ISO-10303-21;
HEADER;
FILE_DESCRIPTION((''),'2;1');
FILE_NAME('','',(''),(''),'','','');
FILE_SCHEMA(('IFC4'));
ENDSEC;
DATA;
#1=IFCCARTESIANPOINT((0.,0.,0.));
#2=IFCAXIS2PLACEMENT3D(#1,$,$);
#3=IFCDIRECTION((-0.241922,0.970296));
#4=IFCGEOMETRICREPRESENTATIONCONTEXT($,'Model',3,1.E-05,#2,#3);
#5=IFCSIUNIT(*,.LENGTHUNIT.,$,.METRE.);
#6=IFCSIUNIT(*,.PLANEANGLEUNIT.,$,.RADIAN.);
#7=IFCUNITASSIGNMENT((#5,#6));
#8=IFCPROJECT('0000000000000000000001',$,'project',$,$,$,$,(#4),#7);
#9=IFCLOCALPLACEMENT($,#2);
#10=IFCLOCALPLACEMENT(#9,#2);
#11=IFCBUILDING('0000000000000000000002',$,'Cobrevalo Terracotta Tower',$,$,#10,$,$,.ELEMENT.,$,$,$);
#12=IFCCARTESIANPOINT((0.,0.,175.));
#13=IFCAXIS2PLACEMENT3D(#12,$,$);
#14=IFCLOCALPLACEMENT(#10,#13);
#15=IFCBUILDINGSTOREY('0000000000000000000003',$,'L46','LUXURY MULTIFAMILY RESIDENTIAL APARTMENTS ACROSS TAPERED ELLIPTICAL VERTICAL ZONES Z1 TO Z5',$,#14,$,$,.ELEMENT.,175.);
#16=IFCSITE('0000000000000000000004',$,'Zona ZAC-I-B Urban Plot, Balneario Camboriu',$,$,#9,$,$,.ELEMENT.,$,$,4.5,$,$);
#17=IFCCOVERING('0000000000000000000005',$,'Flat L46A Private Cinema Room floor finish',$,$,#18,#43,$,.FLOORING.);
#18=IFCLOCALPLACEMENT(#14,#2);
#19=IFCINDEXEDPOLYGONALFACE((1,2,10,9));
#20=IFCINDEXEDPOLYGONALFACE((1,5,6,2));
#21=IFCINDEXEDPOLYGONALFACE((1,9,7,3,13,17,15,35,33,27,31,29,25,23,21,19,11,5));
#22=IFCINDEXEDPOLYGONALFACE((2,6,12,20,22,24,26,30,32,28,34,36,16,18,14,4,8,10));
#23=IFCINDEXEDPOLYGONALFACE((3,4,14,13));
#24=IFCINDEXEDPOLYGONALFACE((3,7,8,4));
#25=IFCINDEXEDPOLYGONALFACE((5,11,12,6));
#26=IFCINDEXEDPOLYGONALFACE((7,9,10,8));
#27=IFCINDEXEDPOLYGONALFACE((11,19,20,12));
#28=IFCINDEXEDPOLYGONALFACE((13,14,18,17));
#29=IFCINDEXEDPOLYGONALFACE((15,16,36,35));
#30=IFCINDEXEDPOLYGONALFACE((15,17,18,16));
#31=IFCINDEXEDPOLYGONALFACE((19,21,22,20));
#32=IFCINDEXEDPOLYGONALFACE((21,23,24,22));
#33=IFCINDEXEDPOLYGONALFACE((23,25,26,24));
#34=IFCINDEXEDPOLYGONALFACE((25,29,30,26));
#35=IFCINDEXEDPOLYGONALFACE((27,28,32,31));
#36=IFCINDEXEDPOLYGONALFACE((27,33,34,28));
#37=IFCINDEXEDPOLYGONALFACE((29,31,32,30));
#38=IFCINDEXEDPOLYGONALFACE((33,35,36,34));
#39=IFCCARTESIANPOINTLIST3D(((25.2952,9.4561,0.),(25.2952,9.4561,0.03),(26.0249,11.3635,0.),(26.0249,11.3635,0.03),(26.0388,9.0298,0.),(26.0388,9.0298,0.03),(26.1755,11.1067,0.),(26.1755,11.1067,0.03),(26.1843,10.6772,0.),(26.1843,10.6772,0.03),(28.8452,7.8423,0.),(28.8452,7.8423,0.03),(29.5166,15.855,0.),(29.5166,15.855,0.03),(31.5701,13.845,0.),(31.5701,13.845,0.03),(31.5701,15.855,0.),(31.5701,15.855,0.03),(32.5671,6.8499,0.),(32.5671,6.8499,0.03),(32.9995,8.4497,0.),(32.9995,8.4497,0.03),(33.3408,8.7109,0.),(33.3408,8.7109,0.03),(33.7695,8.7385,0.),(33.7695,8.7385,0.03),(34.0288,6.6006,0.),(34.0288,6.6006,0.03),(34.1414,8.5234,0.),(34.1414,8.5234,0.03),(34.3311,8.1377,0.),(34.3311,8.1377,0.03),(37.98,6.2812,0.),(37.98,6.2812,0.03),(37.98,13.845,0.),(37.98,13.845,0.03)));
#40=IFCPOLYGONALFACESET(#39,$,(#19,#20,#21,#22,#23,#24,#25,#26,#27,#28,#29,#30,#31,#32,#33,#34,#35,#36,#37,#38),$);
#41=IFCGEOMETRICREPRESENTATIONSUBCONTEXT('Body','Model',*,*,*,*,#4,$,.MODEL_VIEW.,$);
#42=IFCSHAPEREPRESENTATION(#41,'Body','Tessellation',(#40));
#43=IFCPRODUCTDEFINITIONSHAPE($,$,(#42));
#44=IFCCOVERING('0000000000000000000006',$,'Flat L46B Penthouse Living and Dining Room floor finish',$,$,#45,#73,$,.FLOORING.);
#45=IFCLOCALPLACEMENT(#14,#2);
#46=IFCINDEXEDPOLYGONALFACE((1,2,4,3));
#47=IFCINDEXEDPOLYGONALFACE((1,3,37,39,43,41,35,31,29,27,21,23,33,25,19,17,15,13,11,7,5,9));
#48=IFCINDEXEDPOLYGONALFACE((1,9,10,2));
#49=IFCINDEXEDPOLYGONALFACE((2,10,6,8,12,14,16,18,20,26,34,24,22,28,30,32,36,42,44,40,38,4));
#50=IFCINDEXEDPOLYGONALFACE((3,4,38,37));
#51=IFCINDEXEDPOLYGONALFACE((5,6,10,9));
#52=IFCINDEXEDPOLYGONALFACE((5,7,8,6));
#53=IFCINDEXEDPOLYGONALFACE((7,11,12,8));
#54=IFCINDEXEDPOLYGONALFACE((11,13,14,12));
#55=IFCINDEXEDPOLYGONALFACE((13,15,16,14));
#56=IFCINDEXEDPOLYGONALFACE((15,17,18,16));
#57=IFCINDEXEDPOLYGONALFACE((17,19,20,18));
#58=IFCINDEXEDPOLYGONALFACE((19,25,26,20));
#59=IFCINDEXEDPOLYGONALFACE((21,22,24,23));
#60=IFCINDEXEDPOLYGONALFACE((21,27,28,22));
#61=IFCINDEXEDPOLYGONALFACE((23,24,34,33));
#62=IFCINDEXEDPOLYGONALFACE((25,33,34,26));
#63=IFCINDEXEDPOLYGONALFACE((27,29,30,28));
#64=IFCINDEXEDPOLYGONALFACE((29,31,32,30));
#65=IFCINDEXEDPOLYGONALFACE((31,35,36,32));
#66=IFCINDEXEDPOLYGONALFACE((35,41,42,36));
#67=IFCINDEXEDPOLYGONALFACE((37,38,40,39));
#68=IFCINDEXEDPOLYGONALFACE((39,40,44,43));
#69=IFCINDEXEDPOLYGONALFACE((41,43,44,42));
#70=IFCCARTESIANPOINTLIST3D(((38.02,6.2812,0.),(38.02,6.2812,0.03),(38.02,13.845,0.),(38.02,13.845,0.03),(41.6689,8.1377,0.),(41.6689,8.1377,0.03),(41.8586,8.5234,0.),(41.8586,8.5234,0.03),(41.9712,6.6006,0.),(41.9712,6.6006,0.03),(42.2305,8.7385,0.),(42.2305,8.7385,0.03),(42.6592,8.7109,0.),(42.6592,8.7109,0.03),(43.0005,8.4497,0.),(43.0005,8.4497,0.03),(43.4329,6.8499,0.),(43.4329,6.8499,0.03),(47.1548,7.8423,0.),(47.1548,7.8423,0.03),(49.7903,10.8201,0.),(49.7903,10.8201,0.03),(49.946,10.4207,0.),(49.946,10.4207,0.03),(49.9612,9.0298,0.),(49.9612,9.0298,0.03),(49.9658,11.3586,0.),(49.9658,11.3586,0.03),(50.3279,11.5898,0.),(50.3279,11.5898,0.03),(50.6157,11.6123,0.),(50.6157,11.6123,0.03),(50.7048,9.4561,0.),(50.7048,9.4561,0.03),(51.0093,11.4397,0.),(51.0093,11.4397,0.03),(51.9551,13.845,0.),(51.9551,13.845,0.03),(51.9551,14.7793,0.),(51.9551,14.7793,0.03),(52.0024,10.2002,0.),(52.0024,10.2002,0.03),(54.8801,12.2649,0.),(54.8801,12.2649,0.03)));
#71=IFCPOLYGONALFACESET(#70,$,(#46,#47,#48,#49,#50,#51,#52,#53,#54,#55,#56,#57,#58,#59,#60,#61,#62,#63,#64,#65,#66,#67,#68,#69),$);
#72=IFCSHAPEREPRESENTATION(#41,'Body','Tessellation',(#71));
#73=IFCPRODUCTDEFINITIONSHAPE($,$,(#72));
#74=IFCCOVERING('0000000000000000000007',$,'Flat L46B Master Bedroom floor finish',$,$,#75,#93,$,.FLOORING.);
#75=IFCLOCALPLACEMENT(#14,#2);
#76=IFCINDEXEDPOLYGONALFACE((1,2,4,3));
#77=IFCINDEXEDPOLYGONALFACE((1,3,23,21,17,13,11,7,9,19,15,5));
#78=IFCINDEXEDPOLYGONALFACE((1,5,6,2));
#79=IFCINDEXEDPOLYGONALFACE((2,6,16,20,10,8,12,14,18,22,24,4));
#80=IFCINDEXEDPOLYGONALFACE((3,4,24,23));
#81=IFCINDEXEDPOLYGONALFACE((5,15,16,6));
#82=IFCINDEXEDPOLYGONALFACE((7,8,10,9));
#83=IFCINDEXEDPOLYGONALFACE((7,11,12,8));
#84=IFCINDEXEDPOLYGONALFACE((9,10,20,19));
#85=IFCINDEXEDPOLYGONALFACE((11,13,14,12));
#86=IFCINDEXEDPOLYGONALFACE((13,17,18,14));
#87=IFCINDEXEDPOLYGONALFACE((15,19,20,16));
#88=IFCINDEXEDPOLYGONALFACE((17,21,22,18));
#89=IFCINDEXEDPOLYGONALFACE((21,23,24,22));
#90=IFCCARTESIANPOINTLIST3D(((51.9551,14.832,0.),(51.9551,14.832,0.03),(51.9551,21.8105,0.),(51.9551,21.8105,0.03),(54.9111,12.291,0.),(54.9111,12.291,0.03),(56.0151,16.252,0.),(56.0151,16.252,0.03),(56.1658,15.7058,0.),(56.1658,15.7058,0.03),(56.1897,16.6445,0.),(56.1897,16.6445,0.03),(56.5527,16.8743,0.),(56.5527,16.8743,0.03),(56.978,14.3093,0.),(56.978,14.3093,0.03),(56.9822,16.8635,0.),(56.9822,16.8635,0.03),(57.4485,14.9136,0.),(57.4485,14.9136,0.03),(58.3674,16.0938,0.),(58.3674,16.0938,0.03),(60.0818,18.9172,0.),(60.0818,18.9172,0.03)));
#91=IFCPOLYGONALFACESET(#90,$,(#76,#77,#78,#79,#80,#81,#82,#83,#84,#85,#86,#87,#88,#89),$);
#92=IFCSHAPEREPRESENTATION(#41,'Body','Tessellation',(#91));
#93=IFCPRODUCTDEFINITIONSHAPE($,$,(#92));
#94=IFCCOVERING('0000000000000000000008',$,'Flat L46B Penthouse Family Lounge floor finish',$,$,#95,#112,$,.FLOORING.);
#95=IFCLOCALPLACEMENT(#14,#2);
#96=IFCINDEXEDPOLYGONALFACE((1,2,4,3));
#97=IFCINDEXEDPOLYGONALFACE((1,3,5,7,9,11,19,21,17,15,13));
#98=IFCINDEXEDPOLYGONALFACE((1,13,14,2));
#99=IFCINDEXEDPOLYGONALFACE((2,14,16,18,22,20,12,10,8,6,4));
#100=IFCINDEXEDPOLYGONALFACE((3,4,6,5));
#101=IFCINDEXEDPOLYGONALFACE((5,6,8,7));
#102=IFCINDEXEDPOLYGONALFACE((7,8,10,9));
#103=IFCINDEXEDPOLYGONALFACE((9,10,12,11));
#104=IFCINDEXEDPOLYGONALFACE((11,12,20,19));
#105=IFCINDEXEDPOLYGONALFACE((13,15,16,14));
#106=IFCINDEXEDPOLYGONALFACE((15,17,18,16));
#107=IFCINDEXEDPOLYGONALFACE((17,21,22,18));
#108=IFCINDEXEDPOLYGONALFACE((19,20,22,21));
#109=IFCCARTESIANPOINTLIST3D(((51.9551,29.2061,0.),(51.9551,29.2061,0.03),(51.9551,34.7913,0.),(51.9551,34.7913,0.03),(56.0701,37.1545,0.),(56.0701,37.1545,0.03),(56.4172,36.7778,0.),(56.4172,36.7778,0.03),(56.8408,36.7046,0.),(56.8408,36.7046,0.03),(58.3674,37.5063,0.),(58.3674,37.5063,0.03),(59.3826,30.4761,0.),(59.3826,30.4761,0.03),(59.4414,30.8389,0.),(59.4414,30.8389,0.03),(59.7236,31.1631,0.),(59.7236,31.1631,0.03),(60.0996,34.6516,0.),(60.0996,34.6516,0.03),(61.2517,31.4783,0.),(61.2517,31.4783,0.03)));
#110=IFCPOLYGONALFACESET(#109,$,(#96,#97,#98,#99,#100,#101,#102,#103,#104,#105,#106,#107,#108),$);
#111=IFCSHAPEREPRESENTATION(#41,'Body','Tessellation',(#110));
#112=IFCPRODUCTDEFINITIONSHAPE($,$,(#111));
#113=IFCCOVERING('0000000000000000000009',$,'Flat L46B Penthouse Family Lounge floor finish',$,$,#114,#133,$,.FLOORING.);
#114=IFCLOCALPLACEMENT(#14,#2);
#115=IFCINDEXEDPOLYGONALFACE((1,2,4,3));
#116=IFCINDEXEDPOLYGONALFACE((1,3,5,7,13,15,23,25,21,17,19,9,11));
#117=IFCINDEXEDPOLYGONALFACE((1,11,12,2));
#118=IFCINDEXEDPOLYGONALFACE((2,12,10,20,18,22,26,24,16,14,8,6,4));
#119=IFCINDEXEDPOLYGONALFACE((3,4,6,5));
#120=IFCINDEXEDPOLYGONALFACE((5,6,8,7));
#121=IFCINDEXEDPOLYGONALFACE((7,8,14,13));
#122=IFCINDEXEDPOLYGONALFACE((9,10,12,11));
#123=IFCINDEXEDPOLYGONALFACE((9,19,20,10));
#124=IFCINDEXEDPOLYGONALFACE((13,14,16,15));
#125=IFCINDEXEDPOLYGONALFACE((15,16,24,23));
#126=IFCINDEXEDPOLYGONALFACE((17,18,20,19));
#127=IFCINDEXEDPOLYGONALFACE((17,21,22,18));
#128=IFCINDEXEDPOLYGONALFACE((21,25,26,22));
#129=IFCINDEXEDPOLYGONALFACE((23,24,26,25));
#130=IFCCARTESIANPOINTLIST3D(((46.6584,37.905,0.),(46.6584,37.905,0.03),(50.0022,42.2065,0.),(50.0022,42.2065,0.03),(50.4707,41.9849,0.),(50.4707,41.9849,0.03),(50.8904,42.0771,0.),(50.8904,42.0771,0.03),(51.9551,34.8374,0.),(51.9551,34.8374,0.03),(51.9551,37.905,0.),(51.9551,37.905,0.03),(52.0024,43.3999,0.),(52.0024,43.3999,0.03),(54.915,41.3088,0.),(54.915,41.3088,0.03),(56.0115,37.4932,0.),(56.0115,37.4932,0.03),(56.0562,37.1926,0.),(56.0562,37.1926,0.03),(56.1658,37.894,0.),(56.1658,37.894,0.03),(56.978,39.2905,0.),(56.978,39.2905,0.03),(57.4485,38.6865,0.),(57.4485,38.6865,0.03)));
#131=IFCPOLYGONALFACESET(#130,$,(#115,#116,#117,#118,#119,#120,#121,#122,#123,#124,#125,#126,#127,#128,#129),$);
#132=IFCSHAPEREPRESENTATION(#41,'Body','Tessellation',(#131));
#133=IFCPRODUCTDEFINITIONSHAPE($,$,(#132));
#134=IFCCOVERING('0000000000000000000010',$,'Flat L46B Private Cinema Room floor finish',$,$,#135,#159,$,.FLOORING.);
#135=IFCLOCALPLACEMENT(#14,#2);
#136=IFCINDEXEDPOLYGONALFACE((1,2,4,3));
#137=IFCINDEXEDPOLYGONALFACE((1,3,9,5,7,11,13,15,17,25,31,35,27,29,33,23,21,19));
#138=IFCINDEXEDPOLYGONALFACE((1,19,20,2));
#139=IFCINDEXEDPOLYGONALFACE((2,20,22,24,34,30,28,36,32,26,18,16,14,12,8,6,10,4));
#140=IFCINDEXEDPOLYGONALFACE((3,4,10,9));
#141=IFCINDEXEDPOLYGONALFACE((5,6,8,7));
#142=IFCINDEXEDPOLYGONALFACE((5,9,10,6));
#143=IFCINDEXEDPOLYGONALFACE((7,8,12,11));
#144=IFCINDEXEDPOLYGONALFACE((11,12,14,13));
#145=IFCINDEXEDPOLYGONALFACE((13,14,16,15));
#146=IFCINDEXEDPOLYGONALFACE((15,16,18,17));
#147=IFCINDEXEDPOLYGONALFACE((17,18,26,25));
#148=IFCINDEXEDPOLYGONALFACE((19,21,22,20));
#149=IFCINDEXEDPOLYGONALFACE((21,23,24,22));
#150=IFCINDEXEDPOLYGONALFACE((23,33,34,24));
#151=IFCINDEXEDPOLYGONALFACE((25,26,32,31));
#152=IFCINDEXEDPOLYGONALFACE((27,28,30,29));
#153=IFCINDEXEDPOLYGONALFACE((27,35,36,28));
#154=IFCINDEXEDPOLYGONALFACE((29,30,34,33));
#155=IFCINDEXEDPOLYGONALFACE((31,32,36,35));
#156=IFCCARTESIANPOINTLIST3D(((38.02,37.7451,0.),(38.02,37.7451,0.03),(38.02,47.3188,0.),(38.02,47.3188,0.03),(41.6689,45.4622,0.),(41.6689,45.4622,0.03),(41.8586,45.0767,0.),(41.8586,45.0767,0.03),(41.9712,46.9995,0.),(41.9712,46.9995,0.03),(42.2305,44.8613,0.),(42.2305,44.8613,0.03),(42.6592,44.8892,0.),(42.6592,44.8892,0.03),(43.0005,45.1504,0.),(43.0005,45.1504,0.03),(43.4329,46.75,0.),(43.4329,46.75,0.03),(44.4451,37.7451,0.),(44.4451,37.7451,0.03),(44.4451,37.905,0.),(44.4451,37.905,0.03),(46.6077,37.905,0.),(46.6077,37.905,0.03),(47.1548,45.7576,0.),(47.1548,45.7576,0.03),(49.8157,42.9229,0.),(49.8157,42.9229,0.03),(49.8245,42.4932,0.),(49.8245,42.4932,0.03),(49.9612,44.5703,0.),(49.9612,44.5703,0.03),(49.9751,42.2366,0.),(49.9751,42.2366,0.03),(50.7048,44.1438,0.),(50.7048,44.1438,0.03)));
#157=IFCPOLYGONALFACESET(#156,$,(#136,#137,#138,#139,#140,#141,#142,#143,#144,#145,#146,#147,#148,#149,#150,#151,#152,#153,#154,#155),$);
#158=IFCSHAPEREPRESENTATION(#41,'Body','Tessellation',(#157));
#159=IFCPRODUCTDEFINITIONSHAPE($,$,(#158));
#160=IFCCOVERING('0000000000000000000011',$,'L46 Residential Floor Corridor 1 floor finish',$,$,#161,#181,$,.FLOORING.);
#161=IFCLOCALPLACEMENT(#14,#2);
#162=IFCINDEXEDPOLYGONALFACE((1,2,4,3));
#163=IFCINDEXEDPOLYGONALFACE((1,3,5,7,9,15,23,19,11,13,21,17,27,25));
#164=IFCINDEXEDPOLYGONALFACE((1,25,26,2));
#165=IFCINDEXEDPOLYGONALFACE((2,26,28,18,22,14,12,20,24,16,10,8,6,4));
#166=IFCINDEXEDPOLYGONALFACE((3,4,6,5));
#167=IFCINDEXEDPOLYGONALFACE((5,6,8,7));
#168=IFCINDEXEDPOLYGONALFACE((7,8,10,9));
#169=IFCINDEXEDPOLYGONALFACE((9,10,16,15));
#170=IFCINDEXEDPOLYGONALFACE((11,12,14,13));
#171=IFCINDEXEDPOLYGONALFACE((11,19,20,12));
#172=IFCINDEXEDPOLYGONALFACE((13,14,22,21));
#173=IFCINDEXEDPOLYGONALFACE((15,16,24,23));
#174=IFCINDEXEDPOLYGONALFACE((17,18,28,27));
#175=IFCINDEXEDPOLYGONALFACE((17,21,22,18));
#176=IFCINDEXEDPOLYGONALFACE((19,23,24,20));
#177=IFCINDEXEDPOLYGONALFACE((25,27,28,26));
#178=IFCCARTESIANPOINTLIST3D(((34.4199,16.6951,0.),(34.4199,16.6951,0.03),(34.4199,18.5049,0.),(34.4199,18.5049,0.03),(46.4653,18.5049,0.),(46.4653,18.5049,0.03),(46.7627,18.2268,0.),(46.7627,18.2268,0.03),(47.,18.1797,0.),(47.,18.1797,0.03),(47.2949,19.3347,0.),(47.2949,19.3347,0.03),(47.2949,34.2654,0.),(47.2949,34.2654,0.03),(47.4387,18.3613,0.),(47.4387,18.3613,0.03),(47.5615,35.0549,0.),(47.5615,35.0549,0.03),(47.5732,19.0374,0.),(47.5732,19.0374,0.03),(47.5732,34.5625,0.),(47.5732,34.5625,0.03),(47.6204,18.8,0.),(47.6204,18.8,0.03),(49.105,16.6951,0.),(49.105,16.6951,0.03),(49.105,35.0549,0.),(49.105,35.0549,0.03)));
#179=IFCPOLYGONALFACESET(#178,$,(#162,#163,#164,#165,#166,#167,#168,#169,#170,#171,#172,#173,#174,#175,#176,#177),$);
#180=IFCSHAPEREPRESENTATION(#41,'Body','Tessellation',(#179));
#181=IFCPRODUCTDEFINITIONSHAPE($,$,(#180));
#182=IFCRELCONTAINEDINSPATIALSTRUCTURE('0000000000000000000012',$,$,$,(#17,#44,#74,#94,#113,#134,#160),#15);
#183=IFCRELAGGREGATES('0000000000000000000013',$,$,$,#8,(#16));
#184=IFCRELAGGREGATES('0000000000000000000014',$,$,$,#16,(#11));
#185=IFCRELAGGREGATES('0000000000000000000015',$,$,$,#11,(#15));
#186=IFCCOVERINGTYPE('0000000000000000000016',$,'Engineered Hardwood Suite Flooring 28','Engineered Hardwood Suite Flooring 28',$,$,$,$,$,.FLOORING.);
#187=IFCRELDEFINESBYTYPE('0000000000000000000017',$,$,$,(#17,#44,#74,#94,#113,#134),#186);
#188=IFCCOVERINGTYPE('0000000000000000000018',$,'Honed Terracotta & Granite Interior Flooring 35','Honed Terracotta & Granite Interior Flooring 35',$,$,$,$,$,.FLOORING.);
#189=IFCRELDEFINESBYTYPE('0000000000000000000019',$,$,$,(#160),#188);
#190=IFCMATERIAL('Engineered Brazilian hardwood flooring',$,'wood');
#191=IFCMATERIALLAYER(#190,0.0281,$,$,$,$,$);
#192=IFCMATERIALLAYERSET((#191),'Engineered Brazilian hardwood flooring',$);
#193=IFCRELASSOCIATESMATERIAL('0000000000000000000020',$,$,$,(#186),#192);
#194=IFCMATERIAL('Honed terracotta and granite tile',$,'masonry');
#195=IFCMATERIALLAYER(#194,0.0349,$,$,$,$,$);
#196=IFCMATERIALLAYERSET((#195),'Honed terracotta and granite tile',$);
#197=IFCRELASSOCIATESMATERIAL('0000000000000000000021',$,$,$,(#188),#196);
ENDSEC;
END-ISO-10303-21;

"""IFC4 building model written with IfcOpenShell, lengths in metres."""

from ifc_helpers import new_model, si_unit, direction, frame, origin, place, context, subcontext, project, spatial, polyline, outline, extrude, material, layer, layer_set, type_object, element, save


model = new_model("IFC4")

# Units and contexts
model_context = context("Model", 3, precision=1e-05, world=origin(), true_north=direction((-0.241922, 0.970296)))
body_context = subcontext(model_context, "Body", "Model", "MODEL_VIEW")
ifc_project = project(units=[si_unit("LENGTHUNIT", "METRE"), si_unit("PLANEANGLEUNIT", "RADIAN")], contexts=[model_context])

# Site, building, storey
site_placement = place(None, origin())
site = spatial("IfcSite", under=ifc_project, at=site_placement, Name="Zona ZAC-I-B Urban Plot, Balneario Camboriu", CompositionType="ELEMENT", RefElevation=4.5)
building_placement = place(site_placement, origin())
building = spatial("IfcBuilding", under=site, at=building_placement, Name="Cobrevalo Terracotta Tower", CompositionType="ELEMENT")
storey_placement = place(building_placement, frame((0.0, 0.0, 175.0)))
storey = spatial("IfcBuildingStorey", under=building, at=storey_placement, Name="L46", Description="LUXURY MULTIFAMILY RESIDENTIAL APARTMENTS ACROSS TAPERED ELLIPTICAL VERTICAL ZONES Z1 TO Z5", CompositionType="ELEMENT", Elevation=175.0)

# Coverings
ifc_material_1 = material(Name="Engineered Brazilian hardwood flooring", Category="wood")
ifc_layer_1 = layer(ifc_material_1, 0.0281)
ifc_layer_set_1 = layer_set([ifc_layer_1], Name="Engineered Brazilian hardwood flooring")
covering_type_1 = type_object("IfcCoveringType", Name="Engineered Hardwood Suite Flooring 28", Description="Engineered Hardwood Suite Flooring 28", PredefinedType="FLOORING", material=ifc_layer_set_1)
covering_1_placement = place(storey_placement, origin())
element("IfcCovering", 1, at=covering_1_placement, inside=storey, type_object=covering_type_1, Name="Flat L46A Private Cinema Room floor finish", PredefinedType="FLOORING", context=body_context, shape_type="SweptSolid", body=[
    extrude(outline(polyline([(26.0388, 9.0298), (25.2952, 9.4561), (26.1843, 10.6772), (26.1755, 11.1067), (26.0249, 11.3635), (29.5166, 15.855), (31.5701, 15.855), (31.5701, 13.845), (37.98, 13.845), (37.98, 6.2812), (34.0288, 6.6006), (34.3311, 8.1377), (34.1414, 8.5234), (33.7695, 8.7385), (33.3408, 8.7109), (32.9995, 8.4497), (32.5671, 6.8499), (28.8452, 7.8423), (26.0388, 9.0298)])), origin(), (0.0, 0.0, 1.0), 0.03),
])
covering_2_placement = place(storey_placement, origin())
element("IfcCovering", 2, at=covering_2_placement, inside=storey, type_object=covering_type_1, Name="Flat L46B Penthouse Living and Dining Room floor finish", PredefinedType="FLOORING", context=body_context, shape_type="SweptSolid", body=[
    extrude(outline(polyline([(52.0024, 10.2002), (51.0093, 11.4397), (50.6157, 11.6123), (50.3279, 11.5898), (49.9658, 11.3586), (49.7903, 10.8201), (49.946, 10.4207), (50.7048, 9.4561), (49.9612, 9.0298), (47.1548, 7.8423), (43.4329, 6.8499), (43.0005, 8.4497), (42.6592, 8.7109), (42.2305, 8.7385), (41.8586, 8.5234), (41.6689, 8.1377), (41.9712, 6.6006), (38.02, 6.2812), (38.02, 13.845), (51.9551, 13.845), (51.9551, 14.7793), (54.8801, 12.2649), (52.0024, 10.2002)])), origin(), (0.0, 0.0, 1.0), 0.03),
])
covering_3_placement = place(storey_placement, origin())
element("IfcCovering", 3, at=covering_3_placement, inside=storey, type_object=covering_type_1, Name="Flat L46B Master Bedroom floor finish", PredefinedType="FLOORING", context=body_context, shape_type="SweptSolid", body=[
    extrude(outline(polyline([(58.3674, 16.0938), (56.9822, 16.8635), (56.5527, 16.8743), (56.1897, 16.6445), (56.0151, 16.252), (56.1658, 15.7058), (57.4485, 14.9136), (56.978, 14.3093), (54.9111, 12.291), (51.9551, 14.832), (51.9551, 21.8105), (60.0818, 18.9172), (58.3674, 16.0938)])), origin(), (0.0, 0.0, 1.0), 0.03),
])
covering_4_placement = place(storey_placement, origin())
element("IfcCovering", 4, at=covering_4_placement, inside=storey, type_object=covering_type_1, Name="Flat L46B Penthouse Family Lounge floor finish", PredefinedType="FLOORING", context=body_context, shape_type="SweptSolid", body=[
    extrude(outline(polyline([(56.0701, 37.1545), (56.4172, 36.7778), (56.8408, 36.7046), (58.3674, 37.5063), (60.0996, 34.6516), (61.2517, 31.4783), (59.7236, 31.1631), (59.4414, 30.8389), (59.3826, 30.4761), (51.9551, 29.2061), (51.9551, 34.7913), (56.0701, 37.1545)])), origin(), (0.0, 0.0, 1.0), 0.03),
])
covering_5_placement = place(storey_placement, origin())
element("IfcCovering", 5, at=covering_5_placement, inside=storey, type_object=covering_type_1, Name="Flat L46B Penthouse Family Lounge floor finish", PredefinedType="FLOORING", context=body_context, shape_type="SweptSolid", body=[
    extrude(outline(polyline([(46.6584, 37.905), (50.0022, 42.2065), (50.4707, 41.9849), (50.8904, 42.0771), (52.0024, 43.3999), (54.915, 41.3088), (56.978, 39.2905), (57.4485, 38.6865), (56.1658, 37.894), (56.0115, 37.4932), (56.0562, 37.1926), (51.9551, 34.8374), (51.9551, 37.905), (46.6584, 37.905)])), origin(), (0.0, 0.0, 1.0), 0.03),
])
covering_6_placement = place(storey_placement, origin())
element("IfcCovering", 6, at=covering_6_placement, inside=storey, type_object=covering_type_1, Name="Flat L46B Private Cinema Room floor finish", PredefinedType="FLOORING", context=body_context, shape_type="SweptSolid", body=[
    extrude(outline(polyline([(44.4451, 37.7451), (38.02, 37.7451), (38.02, 47.3188), (41.9712, 46.9995), (41.6689, 45.4622), (41.8586, 45.0767), (42.2305, 44.8613), (42.6592, 44.8892), (43.0005, 45.1504), (43.4329, 46.75), (47.1548, 45.7576), (49.9612, 44.5703), (50.7048, 44.1438), (49.8157, 42.9229), (49.8245, 42.4932), (49.9751, 42.2366), (46.6077, 37.905), (44.4451, 37.905), (44.4451, 37.7451)])), origin(), (0.0, 0.0, 1.0), 0.03),
])
ifc_material_2 = material(Name="Honed terracotta and granite tile", Category="masonry")
ifc_layer_2 = layer(ifc_material_2, 0.0349)
ifc_layer_set_2 = layer_set([ifc_layer_2], Name="Honed terracotta and granite tile")
covering_type_2 = type_object("IfcCoveringType", Name="Honed Terracotta & Granite Interior Flooring 35", Description="Honed Terracotta & Granite Interior Flooring 35", PredefinedType="FLOORING", material=ifc_layer_set_2)
covering_7_placement = place(storey_placement, origin())
element("IfcCovering", 7, at=covering_7_placement, inside=storey, type_object=covering_type_2, Name="L46 Residential Floor Corridor 1 floor finish", PredefinedType="FLOORING", context=body_context, shape_type="SweptSolid", body=[
    extrude(outline(polyline([(34.4199, 18.5049), (46.4653, 18.5049), (46.7627, 18.2268), (47.0, 18.1797), (47.4387, 18.3613), (47.6204, 18.8), (47.5732, 19.0374), (47.2949, 19.3347), (47.2949, 34.2654), (47.5732, 34.5625), (47.5615, 35.0549), (49.105, 35.0549), (49.105, 16.6951), (34.4199, 16.6951), (34.4199, 18.5049)])), origin(), (0.0, 0.0, 1.0), 0.03),
])

save(model, "model.ifc")
